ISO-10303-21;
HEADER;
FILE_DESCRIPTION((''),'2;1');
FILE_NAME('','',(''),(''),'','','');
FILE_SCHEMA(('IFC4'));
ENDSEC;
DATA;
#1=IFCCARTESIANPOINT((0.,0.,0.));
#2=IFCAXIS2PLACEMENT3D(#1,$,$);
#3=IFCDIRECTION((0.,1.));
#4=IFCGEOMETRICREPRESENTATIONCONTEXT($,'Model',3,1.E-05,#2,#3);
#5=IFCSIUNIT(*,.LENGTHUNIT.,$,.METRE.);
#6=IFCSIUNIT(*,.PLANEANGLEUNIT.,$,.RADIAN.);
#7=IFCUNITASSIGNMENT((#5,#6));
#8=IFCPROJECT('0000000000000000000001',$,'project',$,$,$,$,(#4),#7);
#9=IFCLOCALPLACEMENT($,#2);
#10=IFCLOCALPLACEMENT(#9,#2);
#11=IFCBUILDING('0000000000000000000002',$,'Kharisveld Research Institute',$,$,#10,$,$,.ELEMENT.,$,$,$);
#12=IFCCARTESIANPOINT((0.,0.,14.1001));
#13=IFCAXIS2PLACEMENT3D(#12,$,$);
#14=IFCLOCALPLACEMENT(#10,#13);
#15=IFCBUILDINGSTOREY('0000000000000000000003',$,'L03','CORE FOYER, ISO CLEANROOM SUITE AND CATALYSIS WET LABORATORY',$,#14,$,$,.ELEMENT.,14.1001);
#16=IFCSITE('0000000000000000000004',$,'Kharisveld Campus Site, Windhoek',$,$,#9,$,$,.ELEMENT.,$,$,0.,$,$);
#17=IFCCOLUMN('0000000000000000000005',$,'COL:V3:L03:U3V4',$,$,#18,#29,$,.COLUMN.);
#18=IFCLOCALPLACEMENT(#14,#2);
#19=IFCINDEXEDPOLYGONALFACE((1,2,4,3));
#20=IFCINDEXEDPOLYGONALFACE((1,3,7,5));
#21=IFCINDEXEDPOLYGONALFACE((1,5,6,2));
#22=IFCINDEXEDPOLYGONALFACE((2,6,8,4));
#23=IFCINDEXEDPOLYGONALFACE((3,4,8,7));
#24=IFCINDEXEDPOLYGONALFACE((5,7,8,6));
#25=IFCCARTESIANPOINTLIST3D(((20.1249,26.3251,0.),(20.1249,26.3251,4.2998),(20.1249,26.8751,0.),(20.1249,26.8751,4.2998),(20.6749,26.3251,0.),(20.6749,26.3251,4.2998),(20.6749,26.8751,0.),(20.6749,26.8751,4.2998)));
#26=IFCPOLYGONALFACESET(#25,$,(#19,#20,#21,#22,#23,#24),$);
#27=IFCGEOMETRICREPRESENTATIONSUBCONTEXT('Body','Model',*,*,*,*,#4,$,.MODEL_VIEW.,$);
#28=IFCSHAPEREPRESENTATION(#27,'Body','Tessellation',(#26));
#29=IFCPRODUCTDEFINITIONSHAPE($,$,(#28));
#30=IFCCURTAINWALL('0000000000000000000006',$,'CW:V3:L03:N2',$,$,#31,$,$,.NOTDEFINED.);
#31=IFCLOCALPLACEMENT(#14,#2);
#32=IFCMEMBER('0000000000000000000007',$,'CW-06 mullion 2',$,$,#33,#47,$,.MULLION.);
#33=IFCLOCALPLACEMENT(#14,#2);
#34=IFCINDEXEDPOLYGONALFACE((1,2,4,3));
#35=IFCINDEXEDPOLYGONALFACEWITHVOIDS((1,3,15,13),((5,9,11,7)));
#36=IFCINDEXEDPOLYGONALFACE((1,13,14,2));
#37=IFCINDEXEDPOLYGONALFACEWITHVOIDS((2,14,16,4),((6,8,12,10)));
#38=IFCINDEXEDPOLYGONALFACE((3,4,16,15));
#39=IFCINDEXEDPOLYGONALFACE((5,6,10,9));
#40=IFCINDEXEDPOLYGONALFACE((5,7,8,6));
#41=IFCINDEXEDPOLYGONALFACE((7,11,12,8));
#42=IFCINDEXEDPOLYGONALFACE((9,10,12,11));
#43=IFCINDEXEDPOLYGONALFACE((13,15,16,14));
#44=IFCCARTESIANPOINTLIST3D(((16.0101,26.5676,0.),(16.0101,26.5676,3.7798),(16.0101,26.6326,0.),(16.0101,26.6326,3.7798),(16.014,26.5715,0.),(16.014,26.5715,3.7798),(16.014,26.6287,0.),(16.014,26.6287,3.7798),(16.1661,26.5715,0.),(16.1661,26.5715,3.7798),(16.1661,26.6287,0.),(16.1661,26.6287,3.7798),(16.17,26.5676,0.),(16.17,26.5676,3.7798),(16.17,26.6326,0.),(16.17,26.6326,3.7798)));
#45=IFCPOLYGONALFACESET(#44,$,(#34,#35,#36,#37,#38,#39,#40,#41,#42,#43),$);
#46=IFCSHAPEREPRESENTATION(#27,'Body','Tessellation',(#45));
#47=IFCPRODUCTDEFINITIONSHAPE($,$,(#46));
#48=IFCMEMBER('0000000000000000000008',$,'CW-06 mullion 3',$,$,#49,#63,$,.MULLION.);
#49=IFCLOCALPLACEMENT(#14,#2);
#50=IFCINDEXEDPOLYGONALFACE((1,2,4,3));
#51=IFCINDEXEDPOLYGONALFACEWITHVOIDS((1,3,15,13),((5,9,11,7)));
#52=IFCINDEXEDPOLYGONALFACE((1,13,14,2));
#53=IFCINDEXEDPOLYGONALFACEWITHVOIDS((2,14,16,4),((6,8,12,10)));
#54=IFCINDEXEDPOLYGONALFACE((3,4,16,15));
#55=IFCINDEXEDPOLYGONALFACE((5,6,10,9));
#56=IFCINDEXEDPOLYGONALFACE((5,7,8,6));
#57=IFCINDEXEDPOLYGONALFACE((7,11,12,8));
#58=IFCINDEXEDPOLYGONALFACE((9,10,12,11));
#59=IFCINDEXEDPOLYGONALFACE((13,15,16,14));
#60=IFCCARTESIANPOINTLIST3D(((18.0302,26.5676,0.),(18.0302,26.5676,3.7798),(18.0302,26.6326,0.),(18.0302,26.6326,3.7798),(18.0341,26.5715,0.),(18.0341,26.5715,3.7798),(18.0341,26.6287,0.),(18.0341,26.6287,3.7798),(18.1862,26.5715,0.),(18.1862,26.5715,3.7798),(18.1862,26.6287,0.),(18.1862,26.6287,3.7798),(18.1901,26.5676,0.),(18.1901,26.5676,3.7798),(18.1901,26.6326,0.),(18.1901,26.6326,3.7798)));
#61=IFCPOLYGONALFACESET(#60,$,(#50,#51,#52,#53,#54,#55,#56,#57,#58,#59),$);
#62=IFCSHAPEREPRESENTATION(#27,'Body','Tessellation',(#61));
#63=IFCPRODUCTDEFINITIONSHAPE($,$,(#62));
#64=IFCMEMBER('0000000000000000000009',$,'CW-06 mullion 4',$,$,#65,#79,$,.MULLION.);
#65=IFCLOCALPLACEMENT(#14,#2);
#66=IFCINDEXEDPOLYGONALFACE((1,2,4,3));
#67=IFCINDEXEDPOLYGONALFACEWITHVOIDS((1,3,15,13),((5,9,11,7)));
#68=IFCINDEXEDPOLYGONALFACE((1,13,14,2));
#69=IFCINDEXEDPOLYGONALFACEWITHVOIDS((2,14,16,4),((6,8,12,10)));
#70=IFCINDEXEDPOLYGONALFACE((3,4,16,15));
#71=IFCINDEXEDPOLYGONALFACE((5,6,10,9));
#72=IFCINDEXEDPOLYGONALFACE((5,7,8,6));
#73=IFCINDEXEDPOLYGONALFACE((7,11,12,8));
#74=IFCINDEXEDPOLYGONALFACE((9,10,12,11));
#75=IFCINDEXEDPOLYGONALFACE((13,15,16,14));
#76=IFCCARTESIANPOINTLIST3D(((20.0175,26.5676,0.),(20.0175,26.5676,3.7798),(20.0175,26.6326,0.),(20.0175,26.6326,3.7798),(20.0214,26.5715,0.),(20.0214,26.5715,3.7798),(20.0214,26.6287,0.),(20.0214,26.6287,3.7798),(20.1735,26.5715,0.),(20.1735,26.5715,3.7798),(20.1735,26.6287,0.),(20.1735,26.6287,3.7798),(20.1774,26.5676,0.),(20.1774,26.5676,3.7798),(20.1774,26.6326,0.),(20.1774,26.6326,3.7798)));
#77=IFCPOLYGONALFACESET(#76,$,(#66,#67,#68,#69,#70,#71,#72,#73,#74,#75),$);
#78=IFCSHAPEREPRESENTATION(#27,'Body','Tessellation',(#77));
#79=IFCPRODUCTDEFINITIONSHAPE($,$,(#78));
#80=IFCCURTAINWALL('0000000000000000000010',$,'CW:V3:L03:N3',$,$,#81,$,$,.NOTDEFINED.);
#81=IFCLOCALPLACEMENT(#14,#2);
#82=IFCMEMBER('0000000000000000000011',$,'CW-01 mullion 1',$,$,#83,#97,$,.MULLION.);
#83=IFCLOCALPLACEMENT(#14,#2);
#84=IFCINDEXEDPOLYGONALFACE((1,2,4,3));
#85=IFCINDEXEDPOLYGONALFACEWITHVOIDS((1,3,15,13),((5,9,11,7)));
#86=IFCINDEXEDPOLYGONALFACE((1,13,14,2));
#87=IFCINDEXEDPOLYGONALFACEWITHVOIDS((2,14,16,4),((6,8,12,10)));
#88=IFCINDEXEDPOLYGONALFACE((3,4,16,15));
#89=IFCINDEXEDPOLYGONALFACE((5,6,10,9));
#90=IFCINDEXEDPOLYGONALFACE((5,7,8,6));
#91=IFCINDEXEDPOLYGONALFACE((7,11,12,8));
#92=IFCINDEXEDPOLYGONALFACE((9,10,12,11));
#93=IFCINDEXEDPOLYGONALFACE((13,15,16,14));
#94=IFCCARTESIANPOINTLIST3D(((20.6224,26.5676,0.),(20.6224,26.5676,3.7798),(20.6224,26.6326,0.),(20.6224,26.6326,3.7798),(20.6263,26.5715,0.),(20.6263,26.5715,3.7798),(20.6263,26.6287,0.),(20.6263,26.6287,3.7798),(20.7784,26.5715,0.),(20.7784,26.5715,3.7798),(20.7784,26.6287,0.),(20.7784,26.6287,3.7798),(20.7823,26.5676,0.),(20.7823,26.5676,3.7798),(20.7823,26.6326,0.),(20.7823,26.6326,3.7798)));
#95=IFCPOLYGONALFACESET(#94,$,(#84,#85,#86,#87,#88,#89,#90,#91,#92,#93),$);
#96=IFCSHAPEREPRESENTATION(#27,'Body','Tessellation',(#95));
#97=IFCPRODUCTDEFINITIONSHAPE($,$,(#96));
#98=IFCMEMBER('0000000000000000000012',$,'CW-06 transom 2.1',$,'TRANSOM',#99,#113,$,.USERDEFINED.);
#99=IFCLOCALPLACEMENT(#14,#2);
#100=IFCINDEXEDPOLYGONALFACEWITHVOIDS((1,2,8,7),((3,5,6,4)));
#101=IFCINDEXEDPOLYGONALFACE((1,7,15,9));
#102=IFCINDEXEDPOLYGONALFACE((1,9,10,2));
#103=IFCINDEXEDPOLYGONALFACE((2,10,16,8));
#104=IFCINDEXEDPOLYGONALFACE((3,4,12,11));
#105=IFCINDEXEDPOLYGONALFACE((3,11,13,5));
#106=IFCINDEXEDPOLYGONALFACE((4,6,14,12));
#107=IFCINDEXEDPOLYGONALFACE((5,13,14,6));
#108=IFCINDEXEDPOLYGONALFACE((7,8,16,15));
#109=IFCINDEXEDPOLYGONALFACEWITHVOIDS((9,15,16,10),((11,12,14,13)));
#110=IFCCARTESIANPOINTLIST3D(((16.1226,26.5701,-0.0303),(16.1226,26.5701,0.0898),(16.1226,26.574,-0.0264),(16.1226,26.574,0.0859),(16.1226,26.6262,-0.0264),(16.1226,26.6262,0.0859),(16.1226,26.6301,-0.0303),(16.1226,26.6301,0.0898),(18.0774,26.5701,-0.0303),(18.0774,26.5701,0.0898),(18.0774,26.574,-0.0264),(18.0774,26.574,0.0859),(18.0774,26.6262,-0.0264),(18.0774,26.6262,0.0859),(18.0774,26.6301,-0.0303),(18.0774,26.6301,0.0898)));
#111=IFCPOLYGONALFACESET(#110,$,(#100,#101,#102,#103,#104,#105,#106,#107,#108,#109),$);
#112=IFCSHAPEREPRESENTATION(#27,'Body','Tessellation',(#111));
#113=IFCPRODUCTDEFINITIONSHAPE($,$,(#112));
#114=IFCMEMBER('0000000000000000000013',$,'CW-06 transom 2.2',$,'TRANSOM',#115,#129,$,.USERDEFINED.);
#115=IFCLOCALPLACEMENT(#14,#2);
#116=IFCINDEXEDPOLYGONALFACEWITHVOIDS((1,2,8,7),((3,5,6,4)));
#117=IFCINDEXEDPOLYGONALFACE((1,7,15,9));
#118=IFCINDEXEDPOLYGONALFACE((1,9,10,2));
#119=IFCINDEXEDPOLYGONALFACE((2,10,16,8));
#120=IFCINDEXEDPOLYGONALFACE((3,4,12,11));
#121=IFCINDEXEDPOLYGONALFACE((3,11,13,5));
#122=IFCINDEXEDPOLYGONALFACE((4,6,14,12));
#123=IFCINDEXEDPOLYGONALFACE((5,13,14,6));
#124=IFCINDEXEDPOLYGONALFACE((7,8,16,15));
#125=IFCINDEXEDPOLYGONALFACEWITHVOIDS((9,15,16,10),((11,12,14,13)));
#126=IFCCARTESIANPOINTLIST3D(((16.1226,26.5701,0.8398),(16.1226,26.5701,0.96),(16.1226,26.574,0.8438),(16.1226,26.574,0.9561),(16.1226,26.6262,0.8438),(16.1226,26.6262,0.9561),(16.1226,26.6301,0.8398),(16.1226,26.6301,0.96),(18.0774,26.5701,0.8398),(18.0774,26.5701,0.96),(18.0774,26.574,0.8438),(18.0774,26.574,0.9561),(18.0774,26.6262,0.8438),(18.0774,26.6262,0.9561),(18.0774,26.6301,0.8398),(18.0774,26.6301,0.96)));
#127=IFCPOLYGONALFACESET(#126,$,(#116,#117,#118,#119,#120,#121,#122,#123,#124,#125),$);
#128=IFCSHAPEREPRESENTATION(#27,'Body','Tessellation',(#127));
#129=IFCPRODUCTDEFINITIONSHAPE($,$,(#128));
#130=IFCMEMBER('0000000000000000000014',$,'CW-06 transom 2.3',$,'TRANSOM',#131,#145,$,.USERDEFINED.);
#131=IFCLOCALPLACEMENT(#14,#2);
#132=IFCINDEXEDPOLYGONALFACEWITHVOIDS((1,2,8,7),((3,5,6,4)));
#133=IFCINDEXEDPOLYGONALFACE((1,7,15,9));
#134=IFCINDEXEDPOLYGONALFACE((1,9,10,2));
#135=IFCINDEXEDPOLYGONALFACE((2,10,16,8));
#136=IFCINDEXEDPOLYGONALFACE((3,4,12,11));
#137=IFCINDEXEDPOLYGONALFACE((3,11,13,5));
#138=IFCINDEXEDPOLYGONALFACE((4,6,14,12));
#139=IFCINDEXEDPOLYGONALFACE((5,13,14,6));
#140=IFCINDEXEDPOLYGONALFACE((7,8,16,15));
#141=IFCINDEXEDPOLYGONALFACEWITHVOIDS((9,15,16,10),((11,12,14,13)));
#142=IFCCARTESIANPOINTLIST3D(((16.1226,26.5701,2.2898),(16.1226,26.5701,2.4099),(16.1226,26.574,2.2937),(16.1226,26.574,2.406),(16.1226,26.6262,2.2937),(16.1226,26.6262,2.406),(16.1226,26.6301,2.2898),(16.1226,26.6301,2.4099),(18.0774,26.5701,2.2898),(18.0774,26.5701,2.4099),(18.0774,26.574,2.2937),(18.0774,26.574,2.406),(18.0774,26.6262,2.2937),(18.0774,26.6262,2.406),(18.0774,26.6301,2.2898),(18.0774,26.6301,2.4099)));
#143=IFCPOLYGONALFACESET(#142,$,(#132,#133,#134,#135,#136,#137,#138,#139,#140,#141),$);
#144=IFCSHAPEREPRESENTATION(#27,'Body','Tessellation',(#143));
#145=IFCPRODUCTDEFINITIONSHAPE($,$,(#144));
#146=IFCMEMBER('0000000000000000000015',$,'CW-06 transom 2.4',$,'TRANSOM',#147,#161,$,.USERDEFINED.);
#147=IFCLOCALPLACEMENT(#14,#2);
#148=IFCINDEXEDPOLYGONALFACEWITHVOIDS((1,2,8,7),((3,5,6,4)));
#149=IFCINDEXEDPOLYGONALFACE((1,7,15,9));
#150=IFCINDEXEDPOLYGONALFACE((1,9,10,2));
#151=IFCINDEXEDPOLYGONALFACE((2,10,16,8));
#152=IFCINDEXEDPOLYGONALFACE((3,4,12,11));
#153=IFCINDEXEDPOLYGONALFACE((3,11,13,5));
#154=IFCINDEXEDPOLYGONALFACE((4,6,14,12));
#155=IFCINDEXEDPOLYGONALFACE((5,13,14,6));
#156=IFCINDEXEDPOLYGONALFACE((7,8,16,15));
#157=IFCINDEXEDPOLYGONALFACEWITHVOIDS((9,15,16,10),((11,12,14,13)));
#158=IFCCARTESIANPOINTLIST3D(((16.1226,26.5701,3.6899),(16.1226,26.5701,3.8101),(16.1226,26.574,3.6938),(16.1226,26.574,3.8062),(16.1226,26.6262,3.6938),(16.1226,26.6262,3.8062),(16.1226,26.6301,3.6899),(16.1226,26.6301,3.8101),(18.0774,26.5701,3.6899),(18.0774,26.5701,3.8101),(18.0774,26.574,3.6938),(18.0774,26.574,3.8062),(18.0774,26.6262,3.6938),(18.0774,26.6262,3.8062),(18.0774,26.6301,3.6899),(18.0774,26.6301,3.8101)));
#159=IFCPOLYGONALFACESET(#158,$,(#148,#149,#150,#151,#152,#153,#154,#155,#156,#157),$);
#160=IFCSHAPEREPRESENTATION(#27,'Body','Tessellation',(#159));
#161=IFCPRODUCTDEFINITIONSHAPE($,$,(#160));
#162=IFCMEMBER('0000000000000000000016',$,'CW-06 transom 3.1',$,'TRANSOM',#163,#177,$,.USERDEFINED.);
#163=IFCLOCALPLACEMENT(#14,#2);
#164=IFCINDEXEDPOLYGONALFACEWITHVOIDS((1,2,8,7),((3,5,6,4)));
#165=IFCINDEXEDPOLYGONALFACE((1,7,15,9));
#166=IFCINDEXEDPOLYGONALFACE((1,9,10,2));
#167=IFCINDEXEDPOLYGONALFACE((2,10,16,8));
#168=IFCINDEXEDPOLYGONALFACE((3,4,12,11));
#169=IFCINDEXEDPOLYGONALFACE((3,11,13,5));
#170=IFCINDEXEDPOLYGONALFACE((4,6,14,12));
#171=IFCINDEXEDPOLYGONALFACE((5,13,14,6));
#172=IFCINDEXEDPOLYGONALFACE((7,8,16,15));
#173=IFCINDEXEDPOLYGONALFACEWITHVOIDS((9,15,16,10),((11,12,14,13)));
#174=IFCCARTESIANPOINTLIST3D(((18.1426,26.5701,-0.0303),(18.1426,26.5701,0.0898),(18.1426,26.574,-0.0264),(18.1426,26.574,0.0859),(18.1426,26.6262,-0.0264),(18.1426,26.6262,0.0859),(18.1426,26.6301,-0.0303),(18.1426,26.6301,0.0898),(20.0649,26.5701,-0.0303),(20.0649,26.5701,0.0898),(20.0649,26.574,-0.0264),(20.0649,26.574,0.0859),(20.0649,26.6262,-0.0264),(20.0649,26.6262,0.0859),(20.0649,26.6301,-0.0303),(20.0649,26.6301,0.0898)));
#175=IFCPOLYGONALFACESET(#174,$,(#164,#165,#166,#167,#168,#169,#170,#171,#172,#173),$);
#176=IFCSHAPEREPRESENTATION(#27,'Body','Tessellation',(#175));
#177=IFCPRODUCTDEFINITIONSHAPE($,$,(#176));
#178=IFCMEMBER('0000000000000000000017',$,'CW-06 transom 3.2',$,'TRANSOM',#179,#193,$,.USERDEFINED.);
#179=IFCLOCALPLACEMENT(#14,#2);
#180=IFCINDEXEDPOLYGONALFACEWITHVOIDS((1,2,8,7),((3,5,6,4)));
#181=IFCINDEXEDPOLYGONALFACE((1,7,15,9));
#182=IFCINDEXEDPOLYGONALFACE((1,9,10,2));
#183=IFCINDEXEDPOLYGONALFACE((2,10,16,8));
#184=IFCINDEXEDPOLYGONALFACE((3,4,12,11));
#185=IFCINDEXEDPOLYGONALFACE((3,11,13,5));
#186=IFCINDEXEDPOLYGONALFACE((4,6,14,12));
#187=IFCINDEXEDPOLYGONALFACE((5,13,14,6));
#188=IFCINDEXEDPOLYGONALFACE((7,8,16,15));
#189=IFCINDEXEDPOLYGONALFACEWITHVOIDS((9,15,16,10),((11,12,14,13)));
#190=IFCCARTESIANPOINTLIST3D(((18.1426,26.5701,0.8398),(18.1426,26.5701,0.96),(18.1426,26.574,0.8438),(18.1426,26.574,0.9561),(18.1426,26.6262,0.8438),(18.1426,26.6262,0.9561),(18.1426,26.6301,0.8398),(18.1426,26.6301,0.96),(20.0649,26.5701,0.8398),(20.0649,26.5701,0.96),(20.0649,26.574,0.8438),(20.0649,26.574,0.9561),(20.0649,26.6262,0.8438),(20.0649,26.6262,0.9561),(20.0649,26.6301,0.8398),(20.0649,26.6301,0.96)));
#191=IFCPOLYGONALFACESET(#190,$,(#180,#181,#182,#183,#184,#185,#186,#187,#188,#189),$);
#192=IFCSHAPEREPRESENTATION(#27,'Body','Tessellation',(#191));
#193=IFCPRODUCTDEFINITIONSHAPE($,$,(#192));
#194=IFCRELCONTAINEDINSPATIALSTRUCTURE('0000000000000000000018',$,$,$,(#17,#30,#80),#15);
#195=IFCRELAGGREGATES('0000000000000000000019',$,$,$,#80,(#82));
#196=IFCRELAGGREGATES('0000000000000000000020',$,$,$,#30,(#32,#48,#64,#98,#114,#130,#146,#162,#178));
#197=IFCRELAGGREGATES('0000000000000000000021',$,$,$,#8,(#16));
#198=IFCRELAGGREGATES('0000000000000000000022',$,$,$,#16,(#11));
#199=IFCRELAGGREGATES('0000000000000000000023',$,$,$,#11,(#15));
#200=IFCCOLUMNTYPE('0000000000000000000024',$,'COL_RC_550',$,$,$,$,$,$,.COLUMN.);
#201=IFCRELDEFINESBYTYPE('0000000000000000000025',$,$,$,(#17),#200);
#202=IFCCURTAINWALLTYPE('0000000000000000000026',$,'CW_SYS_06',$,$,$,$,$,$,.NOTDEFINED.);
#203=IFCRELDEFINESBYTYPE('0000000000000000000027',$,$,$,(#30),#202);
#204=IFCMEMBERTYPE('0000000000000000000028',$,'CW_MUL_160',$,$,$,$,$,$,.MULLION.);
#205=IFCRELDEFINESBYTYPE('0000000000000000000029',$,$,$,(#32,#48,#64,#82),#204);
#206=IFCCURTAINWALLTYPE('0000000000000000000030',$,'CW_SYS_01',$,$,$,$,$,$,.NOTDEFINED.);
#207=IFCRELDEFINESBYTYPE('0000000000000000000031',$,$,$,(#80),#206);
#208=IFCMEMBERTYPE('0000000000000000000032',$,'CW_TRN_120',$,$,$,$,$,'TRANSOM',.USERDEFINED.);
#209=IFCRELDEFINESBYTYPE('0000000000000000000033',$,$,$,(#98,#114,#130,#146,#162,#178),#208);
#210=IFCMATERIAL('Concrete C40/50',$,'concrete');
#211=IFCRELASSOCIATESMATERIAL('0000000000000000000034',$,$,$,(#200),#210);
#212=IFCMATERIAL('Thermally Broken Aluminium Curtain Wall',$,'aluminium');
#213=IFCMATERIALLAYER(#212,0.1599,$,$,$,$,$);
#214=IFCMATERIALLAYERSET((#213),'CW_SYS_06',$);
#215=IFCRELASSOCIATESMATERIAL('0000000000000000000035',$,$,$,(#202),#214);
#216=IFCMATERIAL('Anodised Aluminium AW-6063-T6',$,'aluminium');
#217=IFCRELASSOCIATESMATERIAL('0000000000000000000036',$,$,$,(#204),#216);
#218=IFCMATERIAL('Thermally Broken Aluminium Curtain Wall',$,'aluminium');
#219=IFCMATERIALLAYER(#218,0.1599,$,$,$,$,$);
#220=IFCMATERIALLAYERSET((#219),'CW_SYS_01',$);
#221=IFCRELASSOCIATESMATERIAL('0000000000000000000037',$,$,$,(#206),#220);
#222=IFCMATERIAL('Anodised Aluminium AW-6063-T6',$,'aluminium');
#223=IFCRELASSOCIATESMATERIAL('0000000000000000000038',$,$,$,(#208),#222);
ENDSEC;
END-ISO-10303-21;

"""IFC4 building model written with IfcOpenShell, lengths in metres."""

from ifc_helpers import new_model, si_unit, direction, frame, origin, origin_2d, place, context, subcontext, project, spatial, rectangle, hollow_rectangle, extrude, material, layer, layer_set, material_profile, profile_set, type_object, element, aggregate, save


model = new_model("IFC4")

# Units and contexts
model_context = context("Model", 3, precision=1e-05, world=origin(), true_north=direction((0.0, 1.0)))
body_context = subcontext(model_context, "Body", "Model", "MODEL_VIEW")
ifc_project = project(units=[si_unit("LENGTHUNIT", "METRE"), si_unit("PLANEANGLEUNIT", "RADIAN")], contexts=[model_context])

# Site, building, storey
site_placement = place(None, origin())
site = spatial("IfcSite", under=ifc_project, at=site_placement, Name="Kharisveld Campus Site, Windhoek", CompositionType="ELEMENT", RefElevation=0.0)
building_placement = place(site_placement, origin())
building = spatial("IfcBuilding", under=site, at=building_placement, Name="Kharisveld Research Institute", CompositionType="ELEMENT")
storey_placement = place(building_placement, frame((0.0, 0.0, 14.1001)))
storey = spatial("IfcBuildingStorey", under=building, at=storey_placement, Name="L03", Description="CORE FOYER, ISO CLEANROOM SUITE AND CATALYSIS WET LABORATORY", CompositionType="ELEMENT", Elevation=14.1001)

# Column
ifc_material_1 = material(Name="Concrete C40/50", Category="concrete")
ifc_material_profile_1 = material_profile(ifc_material_1, rectangle(XDim=0.55, YDim=0.55, at=origin_2d()))
ifc_profile_set_1 = profile_set([ifc_material_profile_1], Name="Concrete C40/50")
column_type = type_object("IfcColumnType", Name="COL_RC_550", PredefinedType="COLUMN", material=ifc_profile_set_1)
column_placement = place(storey_placement, frame((20.3999, 26.6001, 0.0), z_axis=(0.0, 0.0, 1.0), x_axis=(1.0, 0.0, 0.0)))
element("IfcColumn", 1, at=column_placement, inside=storey, type_object=column_type, Name="COL:V3:L03:U3V4", PredefinedType="COLUMN", context=body_context, shape_type="SweptSolid", body=[
    extrude(rectangle(XDim=0.55, YDim=0.55, at=origin_2d()), origin(), (0.0, 0.0, 1.0), 4.2998),
])

# Curtain wall, members
ifc_material_2 = material(Name="Thermally Broken Aluminium Curtain Wall", Category="aluminium")
ifc_layer_1 = layer(ifc_material_2, 0.1599)
ifc_layer_set_1 = layer_set([ifc_layer_1], Name="CW_SYS_06")
curtain_wall_type_1 = type_object("IfcCurtainWallType", Name="CW_SYS_06", PredefinedType="NOTDEFINED", material=ifc_layer_set_1)
curtain_wall_1_placement = place(storey_placement, origin())
curtain_wall_1 = element("IfcCurtainWall", 2, at=curtain_wall_1_placement, inside=storey, type_object=curtain_wall_type_1, Name="CW:V3:L03:N2", PredefinedType="NOTDEFINED")
ifc_material_3 = material(Name="Anodised Aluminium AW-6063-T6", Category="aluminium")
ifc_material_profile_2 = material_profile(ifc_material_3, hollow_rectangle(XDim=0.0649, YDim=0.1599, WallThickness=0.0039, at=origin_2d()))
ifc_profile_set_2 = profile_set([ifc_material_profile_2], Name="Anodised Aluminium AW-6063-T6")
member_type_1 = type_object("IfcMemberType", Name="CW_MUL_160", PredefinedType="MULLION", material=ifc_profile_set_2)
member_1_placement = place(storey_placement, frame((16.0901, 26.6001, 0.0), z_axis=(0.0, 0.0, 1.0), x_axis=(0.0, 1.0, 0.0)))
member_1 = element("IfcMember", 3, at=member_1_placement, type_object=member_type_1, Name="CW-06 mullion 2", PredefinedType="MULLION", context=body_context, shape_type="SweptSolid", body=[
    extrude(hollow_rectangle(XDim=0.0649, YDim=0.1599, WallThickness=0.0039, at=origin_2d()), origin(), (0.0, 0.0, 1.0), 3.7798),
])
member_2_placement = place(storey_placement, frame((18.1101, 26.6001, 0.0), z_axis=(0.0, 0.0, 1.0), x_axis=(0.0, 1.0, 0.0)))
member_2 = element("IfcMember", 4, at=member_2_placement, type_object=member_type_1, Name="CW-06 mullion 3", PredefinedType="MULLION", context=body_context, shape_type="SweptSolid", body=[
    extrude(hollow_rectangle(XDim=0.0649, YDim=0.1599, WallThickness=0.0039, at=origin_2d()), origin(), (0.0, 0.0, 1.0), 3.7798),
])
member_3_placement = place(storey_placement, frame((20.0974, 26.6001, 0.0), z_axis=(0.0, 0.0, 1.0), x_axis=(0.0, 1.0, 0.0)))
member_3 = element("IfcMember", 5, at=member_3_placement, type_object=member_type_1, Name="CW-06 mullion 4", PredefinedType="MULLION", context=body_context, shape_type="SweptSolid", body=[
    extrude(hollow_rectangle(XDim=0.0649, YDim=0.1599, WallThickness=0.0039, at=origin_2d()), origin(), (0.0, 0.0, 1.0), 3.7798),
])

# Curtain wall, member
ifc_material_4 = material(Name="Thermally Broken Aluminium Curtain Wall", Category="aluminium")
ifc_layer_2 = layer(ifc_material_4, 0.1599)
ifc_layer_set_2 = layer_set([ifc_layer_2], Name="CW_SYS_01")
curtain_wall_type_2 = type_object("IfcCurtainWallType", Name="CW_SYS_01", PredefinedType="NOTDEFINED", material=ifc_layer_set_2)
curtain_wall_2_placement = place(storey_placement, origin())
curtain_wall_2 = element("IfcCurtainWall", 6, at=curtain_wall_2_placement, inside=storey, type_object=curtain_wall_type_2, Name="CW:V3:L03:N3", PredefinedType="NOTDEFINED")
member_4_placement = place(storey_placement, frame((20.7024, 26.6001, 0.0), z_axis=(0.0, 0.0, 1.0), x_axis=(0.0, 1.0, 0.0)))
member_4 = element("IfcMember", 7, at=member_4_placement, type_object=member_type_1, Name="CW-01 mullion 1", PredefinedType="MULLION", context=body_context, shape_type="SweptSolid", body=[
    extrude(hollow_rectangle(XDim=0.0649, YDim=0.1599, WallThickness=0.0039, at=origin_2d()), origin(), (0.0, 0.0, 1.0), 3.7798),
])
aggregate(curtain_wall_2, [member_4])

# Members
ifc_material_5 = material(Name="Anodised Aluminium AW-6063-T6", Category="aluminium")
ifc_material_profile_3 = material_profile(ifc_material_5, hollow_rectangle(XDim=0.0601, YDim=0.1201, WallThickness=0.0039, at=origin_2d()))
ifc_profile_set_3 = profile_set([ifc_material_profile_3], Name="Anodised Aluminium AW-6063-T6")
member_type_2 = type_object("IfcMemberType", Name="CW_TRN_120", ElementType="TRANSOM", PredefinedType="USERDEFINED", material=ifc_profile_set_3)
member_5_placement = place(storey_placement, frame((16.1226, 26.6001, 0.0298), z_axis=(1.0, 0.0, 0.0), x_axis=(0.0, 1.0, 0.0)))
member_5 = element("IfcMember", 8, at=member_5_placement, type_object=member_type_2, Name="CW-06 transom 2.1", ObjectType="TRANSOM", PredefinedType="USERDEFINED", context=body_context, shape_type="SweptSolid", body=[
    extrude(hollow_rectangle(XDim=0.0601, YDim=0.1201, WallThickness=0.0039, at=origin_2d()), origin(), (0.0, 0.0, 1.0), 1.9548),
])
member_6_placement = place(storey_placement, frame((16.1226, 26.6001, 0.8999), z_axis=(1.0, 0.0, 0.0), x_axis=(0.0, 1.0, 0.0)))
member_6 = element("IfcMember", 9, at=member_6_placement, type_object=member_type_2, Name="CW-06 transom 2.2", ObjectType="TRANSOM", PredefinedType="USERDEFINED", context=body_context, shape_type="SweptSolid", body=[
    extrude(hollow_rectangle(XDim=0.0601, YDim=0.1201, WallThickness=0.0039, at=origin_2d()), origin(), (0.0, 0.0, 1.0), 1.9548),
])
member_7_placement = place(storey_placement, frame((16.1226, 26.6001, 2.3499), z_axis=(1.0, 0.0, 0.0), x_axis=(0.0, 1.0, 0.0)))
member_7 = element("IfcMember", 10, at=member_7_placement, type_object=member_type_2, Name="CW-06 transom 2.3", ObjectType="TRANSOM", PredefinedType="USERDEFINED", context=body_context, shape_type="SweptSolid", body=[
    extrude(hollow_rectangle(XDim=0.0601, YDim=0.1201, WallThickness=0.0039, at=origin_2d()), origin(), (0.0, 0.0, 1.0), 1.9548),
])
member_8_placement = place(storey_placement, frame((16.1226, 26.6001, 3.75), z_axis=(1.0, 0.0, 0.0), x_axis=(0.0, 1.0, 0.0)))
member_8 = element("IfcMember", 11, at=member_8_placement, type_object=member_type_2, Name="CW-06 transom 2.4", ObjectType="TRANSOM", PredefinedType="USERDEFINED", context=body_context, shape_type="SweptSolid", body=[
    extrude(hollow_rectangle(XDim=0.0601, YDim=0.1201, WallThickness=0.0039, at=origin_2d()), origin(), (0.0, 0.0, 1.0), 1.9548),
])
member_9_placement = place(storey_placement, frame((18.1426, 26.6001, 0.0298), z_axis=(1.0, 0.0, 0.0), x_axis=(0.0, 1.0, 0.0)))
member_9 = element("IfcMember", 12, at=member_9_placement, type_object=member_type_2, Name="CW-06 transom 3.1", ObjectType="TRANSOM", PredefinedType="USERDEFINED", context=body_context, shape_type="SweptSolid", body=[
    extrude(hollow_rectangle(XDim=0.0601, YDim=0.1201, WallThickness=0.0039, at=origin_2d()), origin(), (0.0, 0.0, 1.0), 1.9224),
])
member_10_placement = place(storey_placement, frame((18.1426, 26.6001, 0.8999), z_axis=(1.0, 0.0, 0.0), x_axis=(0.0, 1.0, 0.0)))
member_10 = element("IfcMember", 13, at=member_10_placement, type_object=member_type_2, Name="CW-06 transom 3.2", ObjectType="TRANSOM", PredefinedType="USERDEFINED", context=body_context, shape_type="SweptSolid", body=[
    extrude(hollow_rectangle(XDim=0.0601, YDim=0.1201, WallThickness=0.0039, at=origin_2d()), origin(), (0.0, 0.0, 1.0), 1.9224),
])

aggregate(curtain_wall_1, [member_1, member_2, member_3, member_5, member_6, member_7, member_8, member_9, member_10])

save(model, "model.ifc")
